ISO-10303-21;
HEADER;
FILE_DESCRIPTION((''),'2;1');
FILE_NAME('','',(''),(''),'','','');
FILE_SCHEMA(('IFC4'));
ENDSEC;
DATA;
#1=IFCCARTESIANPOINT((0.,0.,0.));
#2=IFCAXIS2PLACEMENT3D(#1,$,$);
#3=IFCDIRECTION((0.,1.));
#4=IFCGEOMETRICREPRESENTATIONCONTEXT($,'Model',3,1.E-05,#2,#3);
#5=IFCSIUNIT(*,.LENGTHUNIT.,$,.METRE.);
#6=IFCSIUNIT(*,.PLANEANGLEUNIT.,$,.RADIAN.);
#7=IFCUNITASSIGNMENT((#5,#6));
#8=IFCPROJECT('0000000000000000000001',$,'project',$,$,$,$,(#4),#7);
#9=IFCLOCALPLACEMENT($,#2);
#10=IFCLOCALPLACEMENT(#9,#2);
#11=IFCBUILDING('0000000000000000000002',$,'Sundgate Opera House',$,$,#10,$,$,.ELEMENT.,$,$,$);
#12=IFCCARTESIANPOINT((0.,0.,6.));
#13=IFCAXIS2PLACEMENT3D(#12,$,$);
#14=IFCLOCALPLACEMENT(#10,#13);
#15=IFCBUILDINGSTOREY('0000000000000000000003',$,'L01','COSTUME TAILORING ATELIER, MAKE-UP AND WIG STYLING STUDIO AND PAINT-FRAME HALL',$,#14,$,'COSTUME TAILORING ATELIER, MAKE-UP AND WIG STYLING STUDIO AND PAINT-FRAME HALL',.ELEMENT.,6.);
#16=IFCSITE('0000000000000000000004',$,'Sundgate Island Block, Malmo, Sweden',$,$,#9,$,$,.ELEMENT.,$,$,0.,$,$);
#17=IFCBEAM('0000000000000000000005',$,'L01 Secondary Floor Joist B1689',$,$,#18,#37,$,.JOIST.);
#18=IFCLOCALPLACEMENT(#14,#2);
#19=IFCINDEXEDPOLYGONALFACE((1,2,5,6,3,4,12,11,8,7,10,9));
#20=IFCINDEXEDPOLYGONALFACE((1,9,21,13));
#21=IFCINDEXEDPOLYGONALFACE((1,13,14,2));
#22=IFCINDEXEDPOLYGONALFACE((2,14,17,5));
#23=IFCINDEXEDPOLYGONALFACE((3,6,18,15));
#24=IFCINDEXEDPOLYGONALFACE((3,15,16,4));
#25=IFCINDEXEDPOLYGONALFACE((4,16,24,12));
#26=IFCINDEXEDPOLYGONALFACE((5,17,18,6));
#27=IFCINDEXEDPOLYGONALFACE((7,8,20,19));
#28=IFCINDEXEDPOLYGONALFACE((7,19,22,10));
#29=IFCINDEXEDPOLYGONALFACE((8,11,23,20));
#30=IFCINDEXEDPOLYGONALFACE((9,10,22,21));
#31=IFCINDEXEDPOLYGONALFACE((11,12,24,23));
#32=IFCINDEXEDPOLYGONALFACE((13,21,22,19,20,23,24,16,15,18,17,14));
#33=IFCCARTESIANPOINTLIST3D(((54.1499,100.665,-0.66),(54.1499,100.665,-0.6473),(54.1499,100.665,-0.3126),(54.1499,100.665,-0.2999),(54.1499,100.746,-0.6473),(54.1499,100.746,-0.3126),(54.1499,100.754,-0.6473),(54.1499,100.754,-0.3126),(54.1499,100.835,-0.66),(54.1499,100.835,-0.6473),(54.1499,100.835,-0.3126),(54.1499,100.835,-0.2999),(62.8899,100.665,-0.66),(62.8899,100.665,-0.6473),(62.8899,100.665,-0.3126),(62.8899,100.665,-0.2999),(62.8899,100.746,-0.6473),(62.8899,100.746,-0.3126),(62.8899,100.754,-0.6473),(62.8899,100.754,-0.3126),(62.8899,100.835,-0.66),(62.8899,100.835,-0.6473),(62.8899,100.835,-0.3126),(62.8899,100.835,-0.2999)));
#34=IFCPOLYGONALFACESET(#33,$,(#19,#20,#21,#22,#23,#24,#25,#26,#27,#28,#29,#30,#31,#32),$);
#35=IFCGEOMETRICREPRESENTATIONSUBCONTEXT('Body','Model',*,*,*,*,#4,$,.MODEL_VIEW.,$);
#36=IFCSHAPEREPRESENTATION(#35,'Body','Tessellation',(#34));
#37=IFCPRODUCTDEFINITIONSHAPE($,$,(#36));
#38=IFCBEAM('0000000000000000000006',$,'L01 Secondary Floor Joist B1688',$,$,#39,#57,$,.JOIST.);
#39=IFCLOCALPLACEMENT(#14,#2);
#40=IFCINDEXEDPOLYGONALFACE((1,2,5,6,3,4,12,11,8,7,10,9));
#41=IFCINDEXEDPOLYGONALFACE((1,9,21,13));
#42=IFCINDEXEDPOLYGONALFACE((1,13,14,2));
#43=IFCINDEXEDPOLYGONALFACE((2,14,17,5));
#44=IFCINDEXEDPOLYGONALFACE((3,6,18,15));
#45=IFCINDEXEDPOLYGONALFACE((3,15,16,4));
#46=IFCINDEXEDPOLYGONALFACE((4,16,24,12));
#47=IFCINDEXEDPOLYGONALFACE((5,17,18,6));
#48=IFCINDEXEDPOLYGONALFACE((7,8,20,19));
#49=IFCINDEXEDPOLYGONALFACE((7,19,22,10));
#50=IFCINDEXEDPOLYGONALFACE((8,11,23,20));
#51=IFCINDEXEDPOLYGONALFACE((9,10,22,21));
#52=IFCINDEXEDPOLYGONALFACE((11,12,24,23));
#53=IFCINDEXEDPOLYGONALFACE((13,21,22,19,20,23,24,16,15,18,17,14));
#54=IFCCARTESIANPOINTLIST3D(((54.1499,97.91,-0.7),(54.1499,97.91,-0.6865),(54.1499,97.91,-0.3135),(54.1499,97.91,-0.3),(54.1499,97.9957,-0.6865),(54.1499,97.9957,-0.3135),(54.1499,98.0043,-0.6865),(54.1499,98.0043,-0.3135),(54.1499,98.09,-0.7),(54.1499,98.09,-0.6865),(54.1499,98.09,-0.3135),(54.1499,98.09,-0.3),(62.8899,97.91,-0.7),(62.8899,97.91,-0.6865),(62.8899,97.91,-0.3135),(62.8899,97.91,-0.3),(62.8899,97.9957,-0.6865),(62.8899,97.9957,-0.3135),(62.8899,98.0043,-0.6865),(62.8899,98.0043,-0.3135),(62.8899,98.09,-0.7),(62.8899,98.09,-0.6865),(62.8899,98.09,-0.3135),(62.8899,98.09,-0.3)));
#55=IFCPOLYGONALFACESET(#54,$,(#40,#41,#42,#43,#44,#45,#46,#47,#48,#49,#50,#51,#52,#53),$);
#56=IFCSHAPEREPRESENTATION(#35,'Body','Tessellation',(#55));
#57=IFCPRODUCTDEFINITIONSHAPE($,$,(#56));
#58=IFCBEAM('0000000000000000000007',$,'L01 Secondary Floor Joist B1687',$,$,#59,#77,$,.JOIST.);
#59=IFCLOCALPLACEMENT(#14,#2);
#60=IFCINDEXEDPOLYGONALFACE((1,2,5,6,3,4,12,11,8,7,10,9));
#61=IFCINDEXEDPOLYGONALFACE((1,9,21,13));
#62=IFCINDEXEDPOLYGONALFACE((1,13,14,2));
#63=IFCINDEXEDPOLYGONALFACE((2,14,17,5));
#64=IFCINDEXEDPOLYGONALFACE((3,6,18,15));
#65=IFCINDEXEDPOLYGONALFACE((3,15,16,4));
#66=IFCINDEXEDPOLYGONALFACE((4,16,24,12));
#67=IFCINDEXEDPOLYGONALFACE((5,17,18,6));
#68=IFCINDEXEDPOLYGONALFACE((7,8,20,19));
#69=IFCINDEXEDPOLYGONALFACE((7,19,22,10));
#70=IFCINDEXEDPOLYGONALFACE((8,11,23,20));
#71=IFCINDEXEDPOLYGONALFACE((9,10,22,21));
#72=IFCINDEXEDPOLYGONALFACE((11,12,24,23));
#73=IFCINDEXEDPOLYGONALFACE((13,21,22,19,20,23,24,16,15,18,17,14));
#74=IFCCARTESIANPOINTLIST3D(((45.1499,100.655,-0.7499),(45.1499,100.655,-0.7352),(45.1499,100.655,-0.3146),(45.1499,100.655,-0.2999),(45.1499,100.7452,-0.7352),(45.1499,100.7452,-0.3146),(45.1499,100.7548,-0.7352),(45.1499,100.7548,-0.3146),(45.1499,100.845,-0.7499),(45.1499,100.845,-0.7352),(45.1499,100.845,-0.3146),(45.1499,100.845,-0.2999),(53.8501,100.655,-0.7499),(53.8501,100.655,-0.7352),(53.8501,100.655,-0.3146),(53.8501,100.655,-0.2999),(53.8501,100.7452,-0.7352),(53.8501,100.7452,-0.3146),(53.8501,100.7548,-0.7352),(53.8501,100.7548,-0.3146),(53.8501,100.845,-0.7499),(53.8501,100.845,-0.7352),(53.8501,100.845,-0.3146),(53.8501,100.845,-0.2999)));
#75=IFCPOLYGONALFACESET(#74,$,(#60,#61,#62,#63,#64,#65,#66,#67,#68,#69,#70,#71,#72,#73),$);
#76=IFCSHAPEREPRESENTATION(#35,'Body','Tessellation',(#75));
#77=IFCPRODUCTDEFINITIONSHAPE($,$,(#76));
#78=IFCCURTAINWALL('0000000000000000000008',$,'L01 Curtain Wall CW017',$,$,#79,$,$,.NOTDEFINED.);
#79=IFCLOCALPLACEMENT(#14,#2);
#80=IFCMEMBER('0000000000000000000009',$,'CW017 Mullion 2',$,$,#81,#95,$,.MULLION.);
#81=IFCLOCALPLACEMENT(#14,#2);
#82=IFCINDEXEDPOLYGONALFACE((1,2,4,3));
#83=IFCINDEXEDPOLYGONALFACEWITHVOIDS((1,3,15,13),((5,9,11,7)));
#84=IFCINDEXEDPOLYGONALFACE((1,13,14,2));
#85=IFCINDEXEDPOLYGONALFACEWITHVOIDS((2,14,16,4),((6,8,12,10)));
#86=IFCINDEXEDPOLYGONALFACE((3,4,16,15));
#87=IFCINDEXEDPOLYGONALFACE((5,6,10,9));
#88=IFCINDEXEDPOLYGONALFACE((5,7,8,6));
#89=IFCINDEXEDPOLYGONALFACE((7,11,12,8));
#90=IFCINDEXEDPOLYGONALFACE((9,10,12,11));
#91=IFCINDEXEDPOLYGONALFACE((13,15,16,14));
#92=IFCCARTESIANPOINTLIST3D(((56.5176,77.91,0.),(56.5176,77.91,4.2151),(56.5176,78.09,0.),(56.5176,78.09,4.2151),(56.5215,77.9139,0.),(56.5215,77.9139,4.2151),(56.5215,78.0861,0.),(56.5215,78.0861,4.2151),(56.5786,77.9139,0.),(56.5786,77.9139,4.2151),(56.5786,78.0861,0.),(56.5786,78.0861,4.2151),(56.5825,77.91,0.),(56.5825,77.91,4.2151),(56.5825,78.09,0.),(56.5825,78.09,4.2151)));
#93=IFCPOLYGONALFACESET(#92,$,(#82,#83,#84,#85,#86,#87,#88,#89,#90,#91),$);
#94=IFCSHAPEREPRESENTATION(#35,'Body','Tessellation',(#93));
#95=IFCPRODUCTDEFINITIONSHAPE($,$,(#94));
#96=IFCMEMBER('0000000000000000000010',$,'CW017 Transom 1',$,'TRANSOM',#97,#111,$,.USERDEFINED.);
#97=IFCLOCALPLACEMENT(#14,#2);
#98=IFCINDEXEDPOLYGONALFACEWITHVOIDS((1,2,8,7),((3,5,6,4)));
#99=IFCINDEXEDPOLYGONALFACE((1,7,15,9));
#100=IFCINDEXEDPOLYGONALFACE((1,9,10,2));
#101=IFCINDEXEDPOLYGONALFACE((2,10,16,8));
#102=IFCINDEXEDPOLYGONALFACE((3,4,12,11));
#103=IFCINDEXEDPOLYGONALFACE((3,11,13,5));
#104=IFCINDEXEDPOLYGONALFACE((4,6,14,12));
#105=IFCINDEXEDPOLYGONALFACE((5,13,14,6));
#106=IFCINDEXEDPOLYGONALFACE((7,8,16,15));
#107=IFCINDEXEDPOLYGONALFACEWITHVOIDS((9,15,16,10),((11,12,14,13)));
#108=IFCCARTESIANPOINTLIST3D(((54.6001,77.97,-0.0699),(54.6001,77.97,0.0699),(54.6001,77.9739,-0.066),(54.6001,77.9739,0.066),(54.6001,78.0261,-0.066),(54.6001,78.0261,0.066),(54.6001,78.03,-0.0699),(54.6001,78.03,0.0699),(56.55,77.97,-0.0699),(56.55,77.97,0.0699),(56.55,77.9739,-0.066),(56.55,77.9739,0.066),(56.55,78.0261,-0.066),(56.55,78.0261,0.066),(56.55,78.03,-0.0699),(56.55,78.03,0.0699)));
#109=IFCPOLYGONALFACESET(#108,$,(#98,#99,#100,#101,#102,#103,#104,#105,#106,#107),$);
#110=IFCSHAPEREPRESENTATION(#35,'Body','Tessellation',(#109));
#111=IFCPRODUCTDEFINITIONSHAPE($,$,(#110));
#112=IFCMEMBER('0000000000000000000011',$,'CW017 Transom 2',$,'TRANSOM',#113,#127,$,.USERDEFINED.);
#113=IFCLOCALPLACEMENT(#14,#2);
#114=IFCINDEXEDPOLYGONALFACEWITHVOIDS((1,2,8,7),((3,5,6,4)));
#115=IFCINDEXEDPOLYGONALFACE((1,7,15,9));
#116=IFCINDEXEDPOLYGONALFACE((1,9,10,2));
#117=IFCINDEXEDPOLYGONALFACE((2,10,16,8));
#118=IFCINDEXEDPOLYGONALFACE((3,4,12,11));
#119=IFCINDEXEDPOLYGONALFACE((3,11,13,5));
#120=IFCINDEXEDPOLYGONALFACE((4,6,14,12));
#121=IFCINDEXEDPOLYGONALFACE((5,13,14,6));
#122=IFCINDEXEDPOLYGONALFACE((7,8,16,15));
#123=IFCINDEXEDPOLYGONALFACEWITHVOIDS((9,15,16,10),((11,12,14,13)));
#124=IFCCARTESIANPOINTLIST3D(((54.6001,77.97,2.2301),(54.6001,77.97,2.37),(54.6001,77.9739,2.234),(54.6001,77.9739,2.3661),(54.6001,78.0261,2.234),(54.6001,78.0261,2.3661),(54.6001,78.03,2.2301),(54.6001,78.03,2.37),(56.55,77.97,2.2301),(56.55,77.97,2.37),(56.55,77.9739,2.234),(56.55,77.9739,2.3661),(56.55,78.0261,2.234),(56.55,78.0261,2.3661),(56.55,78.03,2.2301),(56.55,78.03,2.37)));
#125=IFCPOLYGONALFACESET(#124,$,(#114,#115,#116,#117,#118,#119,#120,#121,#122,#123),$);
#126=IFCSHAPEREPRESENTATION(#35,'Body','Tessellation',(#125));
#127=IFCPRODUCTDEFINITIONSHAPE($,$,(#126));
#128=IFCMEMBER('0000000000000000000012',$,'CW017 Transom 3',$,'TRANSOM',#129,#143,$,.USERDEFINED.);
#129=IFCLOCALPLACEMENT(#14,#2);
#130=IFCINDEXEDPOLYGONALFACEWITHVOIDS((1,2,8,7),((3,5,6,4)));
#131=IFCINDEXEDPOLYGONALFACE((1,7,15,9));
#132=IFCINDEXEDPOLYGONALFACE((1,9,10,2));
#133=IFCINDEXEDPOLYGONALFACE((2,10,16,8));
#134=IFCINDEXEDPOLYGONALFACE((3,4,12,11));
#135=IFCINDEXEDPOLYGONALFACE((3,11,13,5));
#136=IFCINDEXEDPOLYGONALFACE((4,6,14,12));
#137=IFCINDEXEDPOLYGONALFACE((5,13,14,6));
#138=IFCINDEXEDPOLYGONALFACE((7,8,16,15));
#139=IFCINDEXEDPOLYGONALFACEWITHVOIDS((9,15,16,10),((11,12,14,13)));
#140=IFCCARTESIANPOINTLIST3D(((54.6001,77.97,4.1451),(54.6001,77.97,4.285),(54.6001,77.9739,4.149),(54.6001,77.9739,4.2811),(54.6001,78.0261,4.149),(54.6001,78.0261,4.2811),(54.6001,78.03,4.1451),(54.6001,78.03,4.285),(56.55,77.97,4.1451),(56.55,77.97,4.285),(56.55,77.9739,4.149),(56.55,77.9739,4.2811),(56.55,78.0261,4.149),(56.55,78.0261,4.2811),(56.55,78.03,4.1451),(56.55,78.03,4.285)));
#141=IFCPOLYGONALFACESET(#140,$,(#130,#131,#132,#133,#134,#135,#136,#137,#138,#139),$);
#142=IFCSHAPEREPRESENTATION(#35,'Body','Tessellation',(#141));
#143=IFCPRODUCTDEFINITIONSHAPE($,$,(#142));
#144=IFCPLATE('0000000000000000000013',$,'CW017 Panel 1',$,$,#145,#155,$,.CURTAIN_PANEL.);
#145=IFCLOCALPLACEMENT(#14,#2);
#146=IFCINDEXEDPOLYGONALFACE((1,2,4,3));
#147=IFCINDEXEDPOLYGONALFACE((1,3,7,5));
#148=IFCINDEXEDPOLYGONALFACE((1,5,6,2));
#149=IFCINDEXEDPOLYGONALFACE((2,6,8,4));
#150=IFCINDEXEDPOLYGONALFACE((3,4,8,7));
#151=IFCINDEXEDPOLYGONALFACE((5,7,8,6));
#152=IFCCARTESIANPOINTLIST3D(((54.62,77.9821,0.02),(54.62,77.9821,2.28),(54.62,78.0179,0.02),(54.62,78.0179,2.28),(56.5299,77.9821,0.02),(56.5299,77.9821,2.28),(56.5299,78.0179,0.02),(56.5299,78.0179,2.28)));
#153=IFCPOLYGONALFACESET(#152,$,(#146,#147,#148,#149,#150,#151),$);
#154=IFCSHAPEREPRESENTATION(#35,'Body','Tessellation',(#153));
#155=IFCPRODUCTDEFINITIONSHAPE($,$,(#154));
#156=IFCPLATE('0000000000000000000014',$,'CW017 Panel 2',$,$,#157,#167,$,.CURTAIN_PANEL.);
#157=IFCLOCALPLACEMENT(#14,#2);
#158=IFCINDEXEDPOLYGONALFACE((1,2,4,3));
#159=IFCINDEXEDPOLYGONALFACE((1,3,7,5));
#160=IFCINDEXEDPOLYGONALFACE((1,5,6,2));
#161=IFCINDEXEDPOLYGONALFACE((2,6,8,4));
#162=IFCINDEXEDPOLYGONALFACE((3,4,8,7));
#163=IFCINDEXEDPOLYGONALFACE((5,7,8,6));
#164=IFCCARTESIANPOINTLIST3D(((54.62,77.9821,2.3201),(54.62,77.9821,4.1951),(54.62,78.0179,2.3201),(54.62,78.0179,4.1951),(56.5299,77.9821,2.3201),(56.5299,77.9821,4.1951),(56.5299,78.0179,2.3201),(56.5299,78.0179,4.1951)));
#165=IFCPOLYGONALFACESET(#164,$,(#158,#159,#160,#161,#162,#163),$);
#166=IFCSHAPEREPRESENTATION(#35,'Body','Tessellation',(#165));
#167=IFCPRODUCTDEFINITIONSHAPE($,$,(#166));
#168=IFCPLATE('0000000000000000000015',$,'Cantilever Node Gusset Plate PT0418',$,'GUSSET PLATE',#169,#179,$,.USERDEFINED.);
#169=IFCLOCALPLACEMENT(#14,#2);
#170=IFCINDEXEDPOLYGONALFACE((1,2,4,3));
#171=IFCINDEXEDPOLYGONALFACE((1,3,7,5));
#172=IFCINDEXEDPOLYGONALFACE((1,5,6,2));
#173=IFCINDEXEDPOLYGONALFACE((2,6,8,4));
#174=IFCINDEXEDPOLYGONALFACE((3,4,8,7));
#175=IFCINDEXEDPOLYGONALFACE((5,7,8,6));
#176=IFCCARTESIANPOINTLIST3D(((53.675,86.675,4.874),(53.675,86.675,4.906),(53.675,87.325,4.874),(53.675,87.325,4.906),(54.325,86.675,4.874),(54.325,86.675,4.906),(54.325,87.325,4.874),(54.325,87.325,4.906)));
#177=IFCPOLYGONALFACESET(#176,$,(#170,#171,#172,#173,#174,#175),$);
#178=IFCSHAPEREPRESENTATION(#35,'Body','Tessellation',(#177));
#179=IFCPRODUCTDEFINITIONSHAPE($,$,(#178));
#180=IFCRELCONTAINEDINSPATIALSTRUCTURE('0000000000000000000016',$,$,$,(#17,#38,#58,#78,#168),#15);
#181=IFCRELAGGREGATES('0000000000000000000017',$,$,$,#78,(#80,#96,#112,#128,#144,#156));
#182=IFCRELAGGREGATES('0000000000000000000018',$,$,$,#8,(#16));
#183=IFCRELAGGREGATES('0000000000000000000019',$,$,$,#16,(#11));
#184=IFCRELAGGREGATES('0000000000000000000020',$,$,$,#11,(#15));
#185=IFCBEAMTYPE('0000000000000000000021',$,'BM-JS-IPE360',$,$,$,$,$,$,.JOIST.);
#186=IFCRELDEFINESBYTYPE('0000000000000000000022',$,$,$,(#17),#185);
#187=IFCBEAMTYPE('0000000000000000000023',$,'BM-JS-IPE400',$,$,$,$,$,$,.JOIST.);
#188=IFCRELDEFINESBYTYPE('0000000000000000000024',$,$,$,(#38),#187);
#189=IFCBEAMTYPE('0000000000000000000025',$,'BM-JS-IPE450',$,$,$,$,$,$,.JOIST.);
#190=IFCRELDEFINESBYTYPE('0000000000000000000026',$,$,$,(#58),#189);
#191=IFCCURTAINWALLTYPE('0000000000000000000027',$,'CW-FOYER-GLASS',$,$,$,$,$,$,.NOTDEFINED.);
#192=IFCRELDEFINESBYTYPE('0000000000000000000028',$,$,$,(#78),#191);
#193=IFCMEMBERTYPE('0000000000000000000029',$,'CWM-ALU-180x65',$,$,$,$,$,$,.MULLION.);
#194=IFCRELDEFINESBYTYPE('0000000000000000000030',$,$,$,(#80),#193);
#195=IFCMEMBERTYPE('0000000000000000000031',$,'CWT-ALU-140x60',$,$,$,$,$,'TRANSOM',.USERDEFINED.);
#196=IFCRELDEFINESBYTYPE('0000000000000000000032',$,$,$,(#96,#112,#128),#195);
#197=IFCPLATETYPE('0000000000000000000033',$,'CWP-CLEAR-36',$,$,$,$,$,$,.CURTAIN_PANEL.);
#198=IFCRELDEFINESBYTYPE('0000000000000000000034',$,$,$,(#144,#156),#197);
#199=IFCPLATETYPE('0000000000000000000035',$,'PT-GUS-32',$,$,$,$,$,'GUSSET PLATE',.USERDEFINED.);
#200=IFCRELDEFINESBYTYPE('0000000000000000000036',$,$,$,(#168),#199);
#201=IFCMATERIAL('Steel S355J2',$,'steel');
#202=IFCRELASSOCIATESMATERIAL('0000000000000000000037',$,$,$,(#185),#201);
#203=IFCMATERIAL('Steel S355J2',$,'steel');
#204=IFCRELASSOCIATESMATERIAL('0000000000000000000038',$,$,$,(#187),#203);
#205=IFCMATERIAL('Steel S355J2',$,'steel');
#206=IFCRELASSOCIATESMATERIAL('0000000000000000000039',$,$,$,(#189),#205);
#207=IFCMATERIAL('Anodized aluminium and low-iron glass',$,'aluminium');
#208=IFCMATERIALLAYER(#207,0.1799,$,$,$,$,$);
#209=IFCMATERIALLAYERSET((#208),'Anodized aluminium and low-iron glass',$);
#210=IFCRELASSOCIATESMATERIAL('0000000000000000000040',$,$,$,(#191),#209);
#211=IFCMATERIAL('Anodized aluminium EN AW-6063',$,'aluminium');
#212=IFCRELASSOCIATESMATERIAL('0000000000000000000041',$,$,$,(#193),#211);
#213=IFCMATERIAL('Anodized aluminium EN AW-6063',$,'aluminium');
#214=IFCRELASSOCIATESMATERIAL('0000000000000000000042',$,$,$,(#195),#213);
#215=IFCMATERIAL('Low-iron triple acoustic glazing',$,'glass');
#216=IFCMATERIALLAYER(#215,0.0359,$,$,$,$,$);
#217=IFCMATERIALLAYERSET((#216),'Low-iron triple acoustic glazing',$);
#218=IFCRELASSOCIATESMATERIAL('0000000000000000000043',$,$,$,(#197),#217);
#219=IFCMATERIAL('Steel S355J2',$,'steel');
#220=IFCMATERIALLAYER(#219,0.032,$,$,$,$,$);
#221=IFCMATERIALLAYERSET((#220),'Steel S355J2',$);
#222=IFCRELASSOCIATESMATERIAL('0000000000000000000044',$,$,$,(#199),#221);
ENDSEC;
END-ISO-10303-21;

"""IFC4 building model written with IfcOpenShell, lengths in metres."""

from ifc_helpers import new_model, si_unit, direction, frame, origin, origin_2d, place, context, subcontext, project, spatial, rectangle, hollow_rectangle, i_section, extrude, material, layer, layer_set, material_profile, profile_set, type_object, element, aggregate, save


model = new_model("IFC4")

# Units and contexts
model_context = context("Model", 3, precision=1e-05, world=origin(), true_north=direction((0.0, 1.0)))
body_context = subcontext(model_context, "Body", "Model", "MODEL_VIEW")
ifc_project = project(units=[si_unit("LENGTHUNIT", "METRE"), si_unit("PLANEANGLEUNIT", "RADIAN")], contexts=[model_context])

# Site, building, storey
site_placement = place(None, origin())
site = spatial("IfcSite", under=ifc_project, at=site_placement, Name="Sundgate Island Block, Malmo, Sweden", CompositionType="ELEMENT", RefElevation=0.0)
building_placement = place(site_placement, origin())
building = spatial("IfcBuilding", under=site, at=building_placement, Name="Sundgate Opera House", CompositionType="ELEMENT")
storey_placement = place(building_placement, frame((0.0, 0.0, 6.0)))
storey = spatial("IfcBuildingStorey", under=building, at=storey_placement, Name="L01", Description="COSTUME TAILORING ATELIER, MAKE-UP AND WIG STYLING STUDIO AND PAINT-FRAME HALL", LongName="COSTUME TAILORING ATELIER, MAKE-UP AND WIG STYLING STUDIO AND PAINT-FRAME HALL", CompositionType="ELEMENT", Elevation=6.0)

# Beams
ifc_material_1 = material(Name="Steel S355J2", Category="steel")
ifc_material_profile_1 = material_profile(ifc_material_1, i_section(OverallWidth=0.1699, OverallDepth=0.3601, WebThickness=0.0081, FlangeThickness=0.0127, at=origin_2d()), Name="IPE 360")
ifc_profile_set_1 = profile_set([ifc_material_profile_1], Name="Steel S355J2")
beam_type_1 = type_object("IfcBeamType", Name="BM-JS-IPE360", PredefinedType="JOIST", material=ifc_profile_set_1)
beam_1_placement = place(storey_placement, frame((54.1499, 100.75, -0.48), z_axis=(1.0, 0.0, 0.0), x_axis=(0.0, 1.0, 0.0)))
element("IfcBeam", 1, at=beam_1_placement, inside=storey, type_object=beam_type_1, Name="L01 Secondary Floor Joist B1689", PredefinedType="JOIST", context=body_context, shape_type="SweptSolid", body=[
    extrude(i_section(OverallWidth=0.1699, OverallDepth=0.3601, WebThickness=0.0081, FlangeThickness=0.0127, at=origin_2d()), origin(), (0.0, 0.0, 1.0), 8.74),
])
ifc_material_2 = material(Name="Steel S355J2", Category="steel")
ifc_material_profile_2 = material_profile(ifc_material_2, i_section(OverallWidth=0.1799, OverallDepth=0.3999, WebThickness=0.0085, FlangeThickness=0.0134, at=origin_2d()), Name="IPE 400")
ifc_profile_set_2 = profile_set([ifc_material_profile_2], Name="Steel S355J2")
beam_type_2 = type_object("IfcBeamType", Name="BM-JS-IPE400", PredefinedType="JOIST", material=ifc_profile_set_2)
beam_2_placement = place(storey_placement, frame((54.1499, 98.0, -0.5), z_axis=(1.0, 0.0, 0.0), x_axis=(0.0, 1.0, 0.0)))
element("IfcBeam", 2, at=beam_2_placement, inside=storey, type_object=beam_type_2, Name="L01 Secondary Floor Joist B1688", PredefinedType="JOIST", context=body_context, shape_type="SweptSolid", body=[
    extrude(i_section(OverallWidth=0.1799, OverallDepth=0.3999, WebThickness=0.0085, FlangeThickness=0.0134, at=origin_2d()), origin(), (0.0, 0.0, 1.0), 8.74),
])
ifc_material_3 = material(Name="Steel S355J2", Category="steel")
ifc_material_profile_3 = material_profile(ifc_material_3, i_section(OverallWidth=0.1899, OverallDepth=0.45, WebThickness=0.0095, FlangeThickness=0.0146, at=origin_2d()), Name="IPE 450")
ifc_profile_set_3 = profile_set([ifc_material_profile_3], Name="Steel S355J2")
beam_type_3 = type_object("IfcBeamType", Name="BM-JS-IPE450", PredefinedType="JOIST", material=ifc_profile_set_3)
beam_3_placement = place(storey_placement, frame((45.1499, 100.75, -0.5249), z_axis=(1.0, 0.0, 0.0), x_axis=(0.0, 1.0, 0.0)))
element("IfcBeam", 3, at=beam_3_placement, inside=storey, type_object=beam_type_3, Name="L01 Secondary Floor Joist B1687", PredefinedType="JOIST", context=body_context, shape_type="SweptSolid", body=[
    extrude(i_section(OverallWidth=0.1899, OverallDepth=0.45, WebThickness=0.0095, FlangeThickness=0.0146, at=origin_2d()), origin(), (0.0, 0.0, 1.0), 8.7002),
])

# Curtain wall, members, plates
ifc_material_4 = material(Name="Anodized aluminium and low-iron glass", Category="aluminium")
ifc_layer_1 = layer(ifc_material_4, 0.1799)
ifc_layer_set_1 = layer_set([ifc_layer_1], Name="Anodized aluminium and low-iron glass")
curtain_wall_type = type_object("IfcCurtainWallType", Name="CW-FOYER-GLASS", PredefinedType="NOTDEFINED", material=ifc_layer_set_1)
curtain_wall_placement = place(storey_placement, origin())
curtain_wall = element("IfcCurtainWall", 4, at=curtain_wall_placement, inside=storey, type_object=curtain_wall_type, Name="L01 Curtain Wall CW017", PredefinedType="NOTDEFINED")
ifc_material_5 = material(Name="Anodized aluminium EN AW-6063", Category="aluminium")
ifc_material_profile_4 = material_profile(ifc_material_5, hollow_rectangle(XDim=0.0649, YDim=0.1799, WallThickness=0.0039, at=origin_2d()), Name="CWM 180x65x4")
ifc_profile_set_4 = profile_set([ifc_material_profile_4], Name="Anodized aluminium EN AW-6063")
member_type_1 = type_object("IfcMemberType", Name="CWM-ALU-180x65", PredefinedType="MULLION", material=ifc_profile_set_4)
member_1_placement = place(storey_placement, frame((56.55, 78.0, 0.0), z_axis=(0.0, 0.0, 1.0), x_axis=(1.0, 0.0, 0.0)))
member_1 = element("IfcMember", 5, at=member_1_placement, type_object=member_type_1, Name="CW017 Mullion 2", PredefinedType="MULLION", context=body_context, shape_type="SweptSolid", body=[
    extrude(hollow_rectangle(XDim=0.0649, YDim=0.1799, WallThickness=0.0039, at=origin_2d()), origin(), (0.0, 0.0, 1.0), 4.2151),
])
ifc_material_6 = material(Name="Anodized aluminium EN AW-6063", Category="aluminium")
ifc_material_profile_5 = material_profile(ifc_material_6, hollow_rectangle(XDim=0.0601, YDim=0.1399, WallThickness=0.0039, at=origin_2d()), Name="CWT 140x60x4")
ifc_profile_set_5 = profile_set([ifc_material_profile_5], Name="Anodized aluminium EN AW-6063")
member_type_2 = type_object("IfcMemberType", Name="CWT-ALU-140x60", ElementType="TRANSOM", PredefinedType="USERDEFINED", material=ifc_profile_set_5)
member_2_placement = place(storey_placement, frame((54.6001, 78.0, 0.0), z_axis=(1.0, 0.0, 0.0), x_axis=(0.0, 1.0, 0.0)))
member_2 = element("IfcMember", 6, at=member_2_placement, type_object=member_type_2, Name="CW017 Transom 1", ObjectType="TRANSOM", PredefinedType="USERDEFINED", context=body_context, shape_type="SweptSolid", body=[
    extrude(hollow_rectangle(XDim=0.0601, YDim=0.1399, WallThickness=0.0039, at=origin_2d()), origin(), (0.0, 0.0, 1.0), 1.95),
])
member_3_placement = place(storey_placement, frame((54.6001, 78.0, 2.3), z_axis=(1.0, 0.0, 0.0), x_axis=(0.0, 1.0, 0.0)))
member_3 = element("IfcMember", 7, at=member_3_placement, type_object=member_type_2, Name="CW017 Transom 2", ObjectType="TRANSOM", PredefinedType="USERDEFINED", context=body_context, shape_type="SweptSolid", body=[
    extrude(hollow_rectangle(XDim=0.0601, YDim=0.1399, WallThickness=0.0039, at=origin_2d()), origin(), (0.0, 0.0, 1.0), 1.95),
])
member_4_placement = place(storey_placement, frame((54.6001, 78.0, 4.2151), z_axis=(1.0, 0.0, 0.0), x_axis=(0.0, 1.0, 0.0)))
member_4 = element("IfcMember", 8, at=member_4_placement, type_object=member_type_2, Name="CW017 Transom 3", ObjectType="TRANSOM", PredefinedType="USERDEFINED", context=body_context, shape_type="SweptSolid", body=[
    extrude(hollow_rectangle(XDim=0.0601, YDim=0.1399, WallThickness=0.0039, at=origin_2d()), origin(), (0.0, 0.0, 1.0), 1.95),
])
ifc_material_7 = material(Name="Low-iron triple acoustic glazing", Category="glass")
ifc_layer_2 = layer(ifc_material_7, 0.0359)
ifc_layer_set_2 = layer_set([ifc_layer_2], Name="Low-iron triple acoustic glazing")
plate_type_1 = type_object("IfcPlateType", Name="CWP-CLEAR-36", PredefinedType="CURTAIN_PANEL", material=ifc_layer_set_2)
plate_1_placement = place(storey_placement, frame((55.575, 78.0, 0.02), z_axis=(0.0, 0.0, 1.0), x_axis=(1.0, 0.0, 0.0)))
plate_1 = element("IfcPlate", 9, at=plate_1_placement, type_object=plate_type_1, Name="CW017 Panel 1", PredefinedType="CURTAIN_PANEL", context=body_context, shape_type="SweptSolid", body=[
    extrude(rectangle(XDim=1.9099, YDim=0.0359, at=origin_2d()), origin(), (0.0, 0.0, 1.0), 2.26),
])
plate_2_placement = place(storey_placement, frame((55.575, 78.0, 2.3201), z_axis=(0.0, 0.0, 1.0), x_axis=(1.0, 0.0, 0.0)))
plate_2 = element("IfcPlate", 10, at=plate_2_placement, type_object=plate_type_1, Name="CW017 Panel 2", PredefinedType="CURTAIN_PANEL", context=body_context, shape_type="SweptSolid", body=[
    extrude(rectangle(XDim=1.9099, YDim=0.0359, at=origin_2d()), origin(), (0.0, 0.0, 1.0), 1.875),
])
aggregate(curtain_wall, [member_1, member_2, member_3, member_4, plate_1, plate_2])

# Plate
ifc_material_8 = material(Name="Steel S355J2", Category="steel")
ifc_layer_3 = layer(ifc_material_8, 0.032)
ifc_layer_set_3 = layer_set([ifc_layer_3], Name="Steel S355J2")
plate_type_2 = type_object("IfcPlateType", Name="PT-GUS-32", ElementType="GUSSET PLATE", PredefinedType="USERDEFINED", material=ifc_layer_set_3)
plate_3_placement = place(storey_placement, frame((54.0, 87.0, 4.874), z_axis=(0.0, 0.0, 1.0), x_axis=(1.0, 0.0, 0.0)))
element("IfcPlate", 11, at=plate_3_placement, inside=storey, type_object=plate_type_2, Name="Cantilever Node Gusset Plate PT0418", ObjectType="GUSSET PLATE", PredefinedType="USERDEFINED", context=body_context, shape_type="SweptSolid", body=[
    extrude(rectangle(XDim=0.6499, YDim=0.6499, at=origin_2d()), origin(), (0.0, 0.0, 1.0), 0.032),
])

save(model, "model.ifc")
